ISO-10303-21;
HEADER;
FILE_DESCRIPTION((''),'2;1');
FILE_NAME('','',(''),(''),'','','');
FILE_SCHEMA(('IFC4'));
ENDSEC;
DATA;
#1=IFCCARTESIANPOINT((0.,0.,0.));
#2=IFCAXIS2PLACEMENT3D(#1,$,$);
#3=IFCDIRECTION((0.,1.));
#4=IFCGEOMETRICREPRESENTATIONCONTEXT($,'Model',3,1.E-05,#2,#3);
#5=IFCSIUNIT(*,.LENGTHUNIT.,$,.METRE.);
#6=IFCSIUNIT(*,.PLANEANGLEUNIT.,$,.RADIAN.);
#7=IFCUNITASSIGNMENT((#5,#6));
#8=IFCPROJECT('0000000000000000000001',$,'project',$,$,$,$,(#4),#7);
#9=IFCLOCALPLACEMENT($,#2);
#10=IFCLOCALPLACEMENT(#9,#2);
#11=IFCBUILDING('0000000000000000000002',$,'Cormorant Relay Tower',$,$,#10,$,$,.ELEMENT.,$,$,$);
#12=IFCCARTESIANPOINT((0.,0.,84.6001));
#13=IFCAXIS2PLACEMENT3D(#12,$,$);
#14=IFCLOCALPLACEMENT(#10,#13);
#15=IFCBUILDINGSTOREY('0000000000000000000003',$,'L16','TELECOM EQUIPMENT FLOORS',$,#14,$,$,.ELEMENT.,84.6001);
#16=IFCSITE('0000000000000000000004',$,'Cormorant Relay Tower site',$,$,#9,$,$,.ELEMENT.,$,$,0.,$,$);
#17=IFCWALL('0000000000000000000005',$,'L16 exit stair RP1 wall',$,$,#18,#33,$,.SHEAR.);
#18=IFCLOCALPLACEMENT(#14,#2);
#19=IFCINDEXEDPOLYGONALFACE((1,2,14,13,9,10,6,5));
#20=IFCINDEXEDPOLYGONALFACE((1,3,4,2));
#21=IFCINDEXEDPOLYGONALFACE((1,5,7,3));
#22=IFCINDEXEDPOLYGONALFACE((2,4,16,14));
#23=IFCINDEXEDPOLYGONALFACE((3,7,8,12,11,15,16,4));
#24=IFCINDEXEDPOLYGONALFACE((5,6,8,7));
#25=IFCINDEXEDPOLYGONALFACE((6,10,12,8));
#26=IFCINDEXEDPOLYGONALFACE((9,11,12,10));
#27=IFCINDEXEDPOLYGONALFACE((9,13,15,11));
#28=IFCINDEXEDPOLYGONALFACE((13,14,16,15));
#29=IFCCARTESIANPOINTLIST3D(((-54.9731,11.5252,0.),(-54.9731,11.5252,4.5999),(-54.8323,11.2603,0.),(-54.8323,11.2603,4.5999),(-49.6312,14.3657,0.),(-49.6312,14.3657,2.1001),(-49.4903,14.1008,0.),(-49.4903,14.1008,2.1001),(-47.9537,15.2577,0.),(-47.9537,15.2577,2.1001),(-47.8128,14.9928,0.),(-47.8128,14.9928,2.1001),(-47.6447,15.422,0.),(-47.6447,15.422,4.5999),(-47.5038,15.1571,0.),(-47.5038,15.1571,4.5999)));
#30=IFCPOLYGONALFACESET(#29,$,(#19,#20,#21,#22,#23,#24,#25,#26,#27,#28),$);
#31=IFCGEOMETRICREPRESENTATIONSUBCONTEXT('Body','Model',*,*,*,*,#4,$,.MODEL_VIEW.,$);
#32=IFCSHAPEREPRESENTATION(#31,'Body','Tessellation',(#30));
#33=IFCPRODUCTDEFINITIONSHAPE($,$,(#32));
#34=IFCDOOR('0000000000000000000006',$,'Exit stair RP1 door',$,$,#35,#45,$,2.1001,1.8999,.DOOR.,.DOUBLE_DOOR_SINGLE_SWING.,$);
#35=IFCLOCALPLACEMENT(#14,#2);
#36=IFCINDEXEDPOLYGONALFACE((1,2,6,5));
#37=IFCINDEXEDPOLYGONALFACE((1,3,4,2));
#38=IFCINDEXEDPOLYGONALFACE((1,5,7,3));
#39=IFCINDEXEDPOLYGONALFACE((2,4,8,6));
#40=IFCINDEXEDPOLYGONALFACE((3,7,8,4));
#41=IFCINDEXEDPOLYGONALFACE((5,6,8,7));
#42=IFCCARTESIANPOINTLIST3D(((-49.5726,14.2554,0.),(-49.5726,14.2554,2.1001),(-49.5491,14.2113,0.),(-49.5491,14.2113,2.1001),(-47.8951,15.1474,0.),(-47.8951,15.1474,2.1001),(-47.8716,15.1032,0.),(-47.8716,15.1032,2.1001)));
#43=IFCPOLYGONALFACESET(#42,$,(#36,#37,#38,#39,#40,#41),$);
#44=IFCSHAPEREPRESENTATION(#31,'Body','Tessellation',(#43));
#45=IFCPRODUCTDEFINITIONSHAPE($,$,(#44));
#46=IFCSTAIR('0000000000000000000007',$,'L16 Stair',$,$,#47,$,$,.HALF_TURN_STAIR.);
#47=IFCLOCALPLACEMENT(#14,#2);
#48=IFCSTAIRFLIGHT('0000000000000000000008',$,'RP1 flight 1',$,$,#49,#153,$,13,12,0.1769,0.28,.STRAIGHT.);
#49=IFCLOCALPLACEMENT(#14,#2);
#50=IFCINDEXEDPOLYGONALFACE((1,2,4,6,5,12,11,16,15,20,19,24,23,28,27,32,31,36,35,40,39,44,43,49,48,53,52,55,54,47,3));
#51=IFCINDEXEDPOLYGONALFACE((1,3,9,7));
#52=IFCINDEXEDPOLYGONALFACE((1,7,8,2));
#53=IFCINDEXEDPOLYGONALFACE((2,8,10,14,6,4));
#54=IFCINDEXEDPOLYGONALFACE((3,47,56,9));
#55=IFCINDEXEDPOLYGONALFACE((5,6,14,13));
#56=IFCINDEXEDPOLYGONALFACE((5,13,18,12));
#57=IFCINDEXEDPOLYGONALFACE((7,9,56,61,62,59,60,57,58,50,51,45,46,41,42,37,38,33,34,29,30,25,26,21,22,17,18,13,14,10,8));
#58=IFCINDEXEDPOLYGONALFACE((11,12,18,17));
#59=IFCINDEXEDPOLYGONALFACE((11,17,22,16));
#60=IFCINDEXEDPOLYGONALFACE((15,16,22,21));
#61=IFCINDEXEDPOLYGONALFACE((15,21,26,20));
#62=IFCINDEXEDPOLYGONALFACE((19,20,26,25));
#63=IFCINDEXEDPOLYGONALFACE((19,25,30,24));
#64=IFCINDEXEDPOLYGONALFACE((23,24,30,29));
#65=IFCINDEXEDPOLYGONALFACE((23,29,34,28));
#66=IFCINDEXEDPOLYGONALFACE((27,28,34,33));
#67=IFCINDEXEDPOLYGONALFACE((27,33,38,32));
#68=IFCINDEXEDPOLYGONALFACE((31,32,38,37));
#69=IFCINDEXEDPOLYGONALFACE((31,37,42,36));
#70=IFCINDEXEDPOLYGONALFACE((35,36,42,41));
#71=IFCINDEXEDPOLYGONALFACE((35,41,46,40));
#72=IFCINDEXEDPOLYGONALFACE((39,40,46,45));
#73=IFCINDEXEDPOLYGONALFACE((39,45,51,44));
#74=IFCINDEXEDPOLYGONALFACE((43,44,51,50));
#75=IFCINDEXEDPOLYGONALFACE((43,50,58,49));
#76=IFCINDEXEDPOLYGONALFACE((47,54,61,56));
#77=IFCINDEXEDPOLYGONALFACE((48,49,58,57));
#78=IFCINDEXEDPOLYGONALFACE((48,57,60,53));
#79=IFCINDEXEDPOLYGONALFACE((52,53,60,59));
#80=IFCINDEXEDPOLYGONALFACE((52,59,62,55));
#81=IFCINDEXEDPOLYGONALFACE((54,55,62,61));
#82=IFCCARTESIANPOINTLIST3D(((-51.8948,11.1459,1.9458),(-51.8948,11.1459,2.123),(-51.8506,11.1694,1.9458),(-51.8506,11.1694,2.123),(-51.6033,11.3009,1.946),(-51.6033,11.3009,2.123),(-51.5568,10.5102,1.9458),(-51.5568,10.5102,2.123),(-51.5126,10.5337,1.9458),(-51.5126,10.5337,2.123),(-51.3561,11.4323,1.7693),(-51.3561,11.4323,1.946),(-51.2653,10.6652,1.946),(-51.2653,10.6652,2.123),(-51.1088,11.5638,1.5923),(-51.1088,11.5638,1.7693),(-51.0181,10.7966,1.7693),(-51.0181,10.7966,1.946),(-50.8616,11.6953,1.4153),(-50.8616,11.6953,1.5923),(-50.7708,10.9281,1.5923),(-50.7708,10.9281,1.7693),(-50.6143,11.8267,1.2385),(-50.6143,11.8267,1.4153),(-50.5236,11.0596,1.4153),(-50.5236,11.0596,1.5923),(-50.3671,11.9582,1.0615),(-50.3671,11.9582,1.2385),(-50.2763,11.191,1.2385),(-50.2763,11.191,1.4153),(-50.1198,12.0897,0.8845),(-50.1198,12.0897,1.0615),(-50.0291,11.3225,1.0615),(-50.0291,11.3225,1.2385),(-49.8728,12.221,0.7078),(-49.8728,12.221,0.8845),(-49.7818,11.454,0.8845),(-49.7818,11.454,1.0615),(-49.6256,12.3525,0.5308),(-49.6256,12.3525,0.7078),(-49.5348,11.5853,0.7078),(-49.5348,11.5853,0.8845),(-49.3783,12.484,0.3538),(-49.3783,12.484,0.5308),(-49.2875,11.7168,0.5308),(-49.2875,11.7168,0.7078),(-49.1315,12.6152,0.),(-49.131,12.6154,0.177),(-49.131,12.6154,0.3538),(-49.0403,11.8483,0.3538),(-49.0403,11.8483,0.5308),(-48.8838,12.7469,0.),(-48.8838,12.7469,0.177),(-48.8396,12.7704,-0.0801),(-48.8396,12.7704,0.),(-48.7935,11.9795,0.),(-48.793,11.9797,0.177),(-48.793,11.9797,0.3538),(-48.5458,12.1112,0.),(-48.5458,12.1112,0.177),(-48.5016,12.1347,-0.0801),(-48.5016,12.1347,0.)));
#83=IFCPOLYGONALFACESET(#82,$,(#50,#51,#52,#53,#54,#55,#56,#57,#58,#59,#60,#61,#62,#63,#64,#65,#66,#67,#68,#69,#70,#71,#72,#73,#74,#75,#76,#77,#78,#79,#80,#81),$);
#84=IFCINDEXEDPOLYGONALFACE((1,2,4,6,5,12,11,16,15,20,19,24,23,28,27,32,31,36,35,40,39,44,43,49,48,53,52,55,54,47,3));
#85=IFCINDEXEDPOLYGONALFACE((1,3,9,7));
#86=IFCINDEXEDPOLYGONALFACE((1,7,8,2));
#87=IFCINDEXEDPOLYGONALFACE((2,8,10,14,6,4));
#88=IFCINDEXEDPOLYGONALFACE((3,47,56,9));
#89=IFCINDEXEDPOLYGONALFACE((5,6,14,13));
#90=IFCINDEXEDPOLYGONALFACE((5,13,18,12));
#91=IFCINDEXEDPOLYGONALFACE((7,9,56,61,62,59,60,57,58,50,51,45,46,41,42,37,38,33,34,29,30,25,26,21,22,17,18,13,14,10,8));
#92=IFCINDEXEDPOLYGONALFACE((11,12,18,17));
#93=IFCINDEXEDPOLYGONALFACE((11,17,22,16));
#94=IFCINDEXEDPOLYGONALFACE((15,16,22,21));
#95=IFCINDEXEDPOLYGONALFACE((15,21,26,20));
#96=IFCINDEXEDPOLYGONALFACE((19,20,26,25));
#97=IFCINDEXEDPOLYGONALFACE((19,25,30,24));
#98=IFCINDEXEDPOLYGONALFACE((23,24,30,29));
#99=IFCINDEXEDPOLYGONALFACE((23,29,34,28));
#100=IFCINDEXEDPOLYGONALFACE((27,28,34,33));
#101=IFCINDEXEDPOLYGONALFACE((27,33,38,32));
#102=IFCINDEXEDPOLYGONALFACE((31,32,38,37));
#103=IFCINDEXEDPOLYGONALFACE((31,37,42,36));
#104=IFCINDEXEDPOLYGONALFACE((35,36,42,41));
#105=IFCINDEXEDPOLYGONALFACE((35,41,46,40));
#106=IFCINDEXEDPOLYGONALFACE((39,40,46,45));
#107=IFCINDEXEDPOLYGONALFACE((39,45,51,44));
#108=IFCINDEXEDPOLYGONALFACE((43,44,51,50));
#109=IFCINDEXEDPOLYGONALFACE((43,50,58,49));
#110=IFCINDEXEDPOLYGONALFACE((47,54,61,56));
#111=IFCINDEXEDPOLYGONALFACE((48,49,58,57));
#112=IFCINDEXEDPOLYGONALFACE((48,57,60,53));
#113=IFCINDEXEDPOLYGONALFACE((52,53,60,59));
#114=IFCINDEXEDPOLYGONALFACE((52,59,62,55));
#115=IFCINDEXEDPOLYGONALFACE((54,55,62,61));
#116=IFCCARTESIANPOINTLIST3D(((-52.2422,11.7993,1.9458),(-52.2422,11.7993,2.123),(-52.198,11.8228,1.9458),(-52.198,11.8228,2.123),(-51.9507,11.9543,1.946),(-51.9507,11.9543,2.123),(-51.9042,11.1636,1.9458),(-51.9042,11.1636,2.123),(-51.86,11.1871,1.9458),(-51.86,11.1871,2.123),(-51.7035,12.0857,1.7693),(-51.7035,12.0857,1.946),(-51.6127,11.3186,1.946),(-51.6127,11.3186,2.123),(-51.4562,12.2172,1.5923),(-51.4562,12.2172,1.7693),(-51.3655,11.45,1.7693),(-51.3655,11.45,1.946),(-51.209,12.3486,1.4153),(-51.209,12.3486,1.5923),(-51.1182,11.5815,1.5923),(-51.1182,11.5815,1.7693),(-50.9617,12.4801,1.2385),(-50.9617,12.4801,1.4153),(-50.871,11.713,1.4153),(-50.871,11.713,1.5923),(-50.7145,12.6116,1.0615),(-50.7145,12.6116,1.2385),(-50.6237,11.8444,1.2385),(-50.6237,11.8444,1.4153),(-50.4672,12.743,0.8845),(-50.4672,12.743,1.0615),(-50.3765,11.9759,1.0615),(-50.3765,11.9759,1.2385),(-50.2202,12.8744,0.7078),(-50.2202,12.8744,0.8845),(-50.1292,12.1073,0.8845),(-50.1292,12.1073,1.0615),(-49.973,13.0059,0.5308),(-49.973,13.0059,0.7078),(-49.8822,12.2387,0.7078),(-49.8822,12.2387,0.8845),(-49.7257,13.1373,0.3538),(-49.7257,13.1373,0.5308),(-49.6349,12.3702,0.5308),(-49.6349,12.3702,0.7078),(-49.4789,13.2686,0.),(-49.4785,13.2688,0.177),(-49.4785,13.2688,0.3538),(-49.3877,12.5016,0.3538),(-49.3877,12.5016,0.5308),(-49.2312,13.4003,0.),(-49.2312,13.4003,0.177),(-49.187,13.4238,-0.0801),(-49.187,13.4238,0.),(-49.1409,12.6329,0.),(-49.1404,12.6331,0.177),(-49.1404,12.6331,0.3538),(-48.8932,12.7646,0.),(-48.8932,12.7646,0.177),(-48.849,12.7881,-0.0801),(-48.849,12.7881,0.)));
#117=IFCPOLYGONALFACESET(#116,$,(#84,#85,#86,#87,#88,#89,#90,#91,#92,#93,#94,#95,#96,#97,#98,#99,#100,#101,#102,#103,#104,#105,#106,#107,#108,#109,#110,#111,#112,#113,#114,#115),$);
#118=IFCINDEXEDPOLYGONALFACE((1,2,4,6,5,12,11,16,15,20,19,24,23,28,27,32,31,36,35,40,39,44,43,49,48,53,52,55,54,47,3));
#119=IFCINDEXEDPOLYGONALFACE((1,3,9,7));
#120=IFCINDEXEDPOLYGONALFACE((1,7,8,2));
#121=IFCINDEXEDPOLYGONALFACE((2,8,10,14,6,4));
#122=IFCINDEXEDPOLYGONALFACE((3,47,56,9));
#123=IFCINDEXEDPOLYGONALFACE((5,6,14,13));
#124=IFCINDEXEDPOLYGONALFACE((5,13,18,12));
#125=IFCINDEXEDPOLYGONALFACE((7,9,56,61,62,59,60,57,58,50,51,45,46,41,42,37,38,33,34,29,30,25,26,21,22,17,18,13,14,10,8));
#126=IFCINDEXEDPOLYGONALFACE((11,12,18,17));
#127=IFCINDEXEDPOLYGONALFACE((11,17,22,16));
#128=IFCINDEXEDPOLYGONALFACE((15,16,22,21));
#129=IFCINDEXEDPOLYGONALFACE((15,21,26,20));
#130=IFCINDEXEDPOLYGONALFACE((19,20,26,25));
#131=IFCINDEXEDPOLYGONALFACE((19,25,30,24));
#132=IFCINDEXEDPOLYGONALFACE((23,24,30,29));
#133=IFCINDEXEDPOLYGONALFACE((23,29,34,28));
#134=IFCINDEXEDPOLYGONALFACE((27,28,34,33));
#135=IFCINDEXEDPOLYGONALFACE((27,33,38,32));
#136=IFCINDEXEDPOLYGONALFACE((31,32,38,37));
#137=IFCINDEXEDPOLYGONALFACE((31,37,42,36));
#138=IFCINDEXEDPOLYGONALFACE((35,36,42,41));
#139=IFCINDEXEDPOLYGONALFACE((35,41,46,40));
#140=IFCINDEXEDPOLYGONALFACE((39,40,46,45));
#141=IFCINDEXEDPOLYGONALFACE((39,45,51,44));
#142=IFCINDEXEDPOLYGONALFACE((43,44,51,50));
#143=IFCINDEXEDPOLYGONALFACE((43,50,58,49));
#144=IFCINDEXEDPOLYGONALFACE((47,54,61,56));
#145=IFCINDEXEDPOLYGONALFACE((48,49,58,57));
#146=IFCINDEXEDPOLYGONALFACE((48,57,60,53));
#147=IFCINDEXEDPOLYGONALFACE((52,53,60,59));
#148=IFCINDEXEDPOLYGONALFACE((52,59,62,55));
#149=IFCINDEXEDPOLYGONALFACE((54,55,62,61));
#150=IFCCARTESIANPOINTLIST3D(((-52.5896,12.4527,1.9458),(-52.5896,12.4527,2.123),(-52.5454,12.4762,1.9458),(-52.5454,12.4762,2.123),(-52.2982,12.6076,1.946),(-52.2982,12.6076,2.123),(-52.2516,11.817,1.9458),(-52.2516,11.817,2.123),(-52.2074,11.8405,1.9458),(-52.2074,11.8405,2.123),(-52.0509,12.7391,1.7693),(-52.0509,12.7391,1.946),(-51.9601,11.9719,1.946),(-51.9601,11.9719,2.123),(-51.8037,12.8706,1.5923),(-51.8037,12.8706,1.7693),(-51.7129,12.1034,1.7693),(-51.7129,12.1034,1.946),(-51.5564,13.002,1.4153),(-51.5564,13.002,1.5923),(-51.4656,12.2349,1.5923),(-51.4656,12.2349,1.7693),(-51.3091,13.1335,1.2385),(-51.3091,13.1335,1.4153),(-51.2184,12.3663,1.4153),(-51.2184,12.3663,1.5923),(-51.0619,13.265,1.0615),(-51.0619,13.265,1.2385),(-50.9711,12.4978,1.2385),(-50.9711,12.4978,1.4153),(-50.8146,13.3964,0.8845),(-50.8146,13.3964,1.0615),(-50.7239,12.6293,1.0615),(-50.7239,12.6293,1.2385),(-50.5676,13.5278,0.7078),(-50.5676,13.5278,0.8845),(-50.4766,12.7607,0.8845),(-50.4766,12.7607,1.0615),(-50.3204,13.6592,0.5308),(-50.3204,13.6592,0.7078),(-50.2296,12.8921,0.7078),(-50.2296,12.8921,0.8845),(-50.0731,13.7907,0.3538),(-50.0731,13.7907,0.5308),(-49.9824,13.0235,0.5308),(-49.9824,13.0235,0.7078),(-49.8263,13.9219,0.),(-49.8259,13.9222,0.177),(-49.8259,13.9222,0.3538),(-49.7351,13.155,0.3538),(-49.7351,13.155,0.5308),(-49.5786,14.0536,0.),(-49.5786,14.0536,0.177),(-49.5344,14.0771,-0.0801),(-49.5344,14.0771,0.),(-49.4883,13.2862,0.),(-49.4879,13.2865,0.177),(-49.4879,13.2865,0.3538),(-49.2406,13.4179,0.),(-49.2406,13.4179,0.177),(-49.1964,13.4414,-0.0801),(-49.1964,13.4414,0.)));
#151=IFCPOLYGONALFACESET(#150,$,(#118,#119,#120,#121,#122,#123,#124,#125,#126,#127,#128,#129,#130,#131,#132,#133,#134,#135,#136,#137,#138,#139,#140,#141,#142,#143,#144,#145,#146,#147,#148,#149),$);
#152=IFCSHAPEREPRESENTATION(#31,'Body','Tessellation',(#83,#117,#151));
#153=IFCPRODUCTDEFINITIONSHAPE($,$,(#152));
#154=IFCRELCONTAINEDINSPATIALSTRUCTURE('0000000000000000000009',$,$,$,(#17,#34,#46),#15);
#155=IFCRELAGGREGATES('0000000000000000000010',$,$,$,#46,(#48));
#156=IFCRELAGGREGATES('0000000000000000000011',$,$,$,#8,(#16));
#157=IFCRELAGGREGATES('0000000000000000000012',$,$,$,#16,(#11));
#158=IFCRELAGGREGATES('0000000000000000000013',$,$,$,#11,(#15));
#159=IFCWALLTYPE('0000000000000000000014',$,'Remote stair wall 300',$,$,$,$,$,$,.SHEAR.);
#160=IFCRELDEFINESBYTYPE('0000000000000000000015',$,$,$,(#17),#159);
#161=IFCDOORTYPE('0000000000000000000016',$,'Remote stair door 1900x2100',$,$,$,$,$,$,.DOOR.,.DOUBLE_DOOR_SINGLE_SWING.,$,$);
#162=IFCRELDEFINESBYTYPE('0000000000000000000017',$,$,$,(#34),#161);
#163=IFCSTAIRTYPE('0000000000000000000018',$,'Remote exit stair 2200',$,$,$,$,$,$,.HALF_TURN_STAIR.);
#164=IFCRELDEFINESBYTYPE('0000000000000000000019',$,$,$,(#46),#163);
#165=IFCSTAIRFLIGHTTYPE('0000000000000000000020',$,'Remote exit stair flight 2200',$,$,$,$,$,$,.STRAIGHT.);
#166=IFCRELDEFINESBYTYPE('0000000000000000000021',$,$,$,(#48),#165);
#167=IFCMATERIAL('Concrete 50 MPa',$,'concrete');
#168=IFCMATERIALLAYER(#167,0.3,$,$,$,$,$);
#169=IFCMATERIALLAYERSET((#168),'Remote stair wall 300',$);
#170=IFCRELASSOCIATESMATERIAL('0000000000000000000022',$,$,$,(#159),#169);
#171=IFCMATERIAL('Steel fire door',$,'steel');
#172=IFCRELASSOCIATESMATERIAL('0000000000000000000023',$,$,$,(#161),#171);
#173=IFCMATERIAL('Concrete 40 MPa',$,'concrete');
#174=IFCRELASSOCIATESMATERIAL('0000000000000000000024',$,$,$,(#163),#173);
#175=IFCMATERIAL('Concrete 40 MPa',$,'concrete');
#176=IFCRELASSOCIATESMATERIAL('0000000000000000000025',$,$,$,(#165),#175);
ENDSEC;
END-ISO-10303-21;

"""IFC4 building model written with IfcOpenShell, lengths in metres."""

from ifc_helpers import new_model, si_unit, direction, frame, frame_2d, origin, place, context, subcontext, project, spatial, polyline, rectangle, outline, extrude, material, layer, layer_set, type_object, element, fill, aggregate, save


model = new_model("IFC4")

# Units and contexts
model_context = context("Model", 3, precision=1e-05, world=origin(), true_north=direction((0.0, 1.0)))
body_context = subcontext(model_context, "Body", "Model", "MODEL_VIEW")
ifc_project = project(units=[si_unit("LENGTHUNIT", "METRE"), si_unit("PLANEANGLEUNIT", "RADIAN")], contexts=[model_context])

# Site, building, storey
site_placement = place(None, origin())
site = spatial("IfcSite", under=ifc_project, at=site_placement, Name="Cormorant Relay Tower site", CompositionType="ELEMENT", RefElevation=0.0)
building_placement = place(site_placement, origin())
building = spatial("IfcBuilding", under=site, at=building_placement, Name="Cormorant Relay Tower", CompositionType="ELEMENT")
storey_placement = place(building_placement, frame((0.0, 0.0, 84.6001)))
storey = spatial("IfcBuildingStorey", under=building, at=storey_placement, Name="L16", Description="TELECOM EQUIPMENT FLOORS", CompositionType="ELEMENT", Elevation=84.6001)

# Shared definitions
ifc_material_1 = material(Name="Concrete 50 MPa", Category="concrete")
ifc_layer_1 = layer(ifc_material_1, 0.3)
ifc_layer_set_1 = layer_set([ifc_layer_1], Name="Remote stair wall 300")
wall_type_1 = type_object("IfcWallType", Name="Remote stair wall 300", PredefinedType="SHEAR", material=ifc_layer_set_1)

# Wall, opening, door
wall_1_placement = place(storey_placement, frame((-54.9026, 11.3928, 0.0), z_axis=(0.0, 0.0, 1.0), x_axis=(0.882939, 0.469487, 0.0)))
wall_1 = element("IfcWall", 1, at=wall_1_placement, inside=storey, type_object=wall_type_1, Name="L16 exit stair RP1 wall", PredefinedType="SHEAR", context=body_context, shape_type="SweptSolid", body=[
    extrude(rectangle(XDim=8.3, YDim=0.3, at=frame_2d((4.1499, 0.0))), origin(), (0.0, 0.0, 1.0), 4.5999),
])
opening_placement = place(wall_1_placement, frame((6.05, 0.0, 0.0)))
opening = element("IfcOpeningElement", 2, at=opening_placement, cuts=wall_1, PredefinedType="OPENING", context=body_context, shape_type="SweptSolid", body=[
    extrude(rectangle(XDim=1.8999, YDim=2.1001, at=frame_2d((0.95, 1.05))), frame((0.0, 0.1599, 0.0), z_axis=(0.0, -1.0, 0.0), x_axis=(1.0, 0.0, 0.0)), (0.0, 0.0, 1.0), 0.3201),
])
ifc_material_2 = material(Name="Steel fire door", Category="steel")
door_type = type_object("IfcDoorType", Name="Remote stair door 1900x2100", OperationType="DOUBLE_DOOR_SINGLE_SWING", PredefinedType="DOOR", material=ifc_material_2)
door_placement = place(opening_placement, frame((1.8999, 0.0, 0.0), z_axis=(0.0, 0.0, 1.0), x_axis=(-1.0, 0.0, 0.0)))
door = element("IfcDoor", 3, at=door_placement, inside=storey, type_object=door_type, Name="Exit stair RP1 door", OperationType="DOUBLE_DOOR_SINGLE_SWING", OverallHeight=2.1001, OverallWidth=1.8999, PredefinedType="DOOR", context=body_context, shape_type="SweptSolid", body=[
    extrude(rectangle(XDim=1.8999, YDim=2.1001, at=frame_2d((0.95, 1.05))), frame((0.0, 0.0249, 0.0), z_axis=(0.0, -1.0, 0.0), x_axis=(1.0, 0.0, 0.0)), (0.0, 0.0, 1.0), 0.05),
])
fill(opening, door)

# Stair, stair flight
ifc_material_3 = material(Name="Concrete 40 MPa", Category="concrete")
stair_type = type_object("IfcStairType", Name="Remote exit stair 2200", PredefinedType="HALF_TURN_STAIR", material=ifc_material_3)
stair_placement = place(storey_placement, origin())
stair = element("IfcStair", 4, at=stair_placement, inside=storey, type_object=stair_type, Name="L16 Stair", PredefinedType="HALF_TURN_STAIR")
ifc_material_4 = material(Name="Concrete 40 MPa", Category="concrete")
stair_flight_type = type_object("IfcStairFlightType", Name="Remote exit stair flight 2200", PredefinedType="STRAIGHT", material=ifc_material_4)
stair_flight_1_placement = place(storey_placement, frame((-49.0623, 13.0825, 0.0), z_axis=(0.0, 0.0, 1.0), x_axis=(-0.882948, -0.469472, 0.0)))
stair_flight_1 = element("IfcStairFlight", 5, at=stair_flight_1_placement, type_object=stair_flight_type, Name="RP1 flight 1", NumberOfRisers=13, NumberOfTreads=12, PredefinedType="STRAIGHT", RiserHeight=0.1769, TreadLength=0.28, context=body_context, shape_type="SweptSolid", body=[
    extrude(outline(polyline([(-0.05, -0.0801), (-0.05, 0.0), (0.0, 0.0), (0.0, 0.177), (0.28, 0.177), (0.28, 0.3538), (0.5601, 0.3538), (0.5601, 0.5308), (0.8401, 0.5308), (0.8401, 0.7078), (1.1201, 0.7078), (1.1201, 0.8845), (1.3999, 0.8845), (1.3999, 1.0615), (1.6799, 1.0615), (1.6799, 1.2385), (1.96, 1.2385), (1.96, 1.4153), (2.24, 1.4153), (2.24, 1.5923), (2.52, 1.5923), (2.52, 1.7693), (2.8, 1.7693), (2.8, 1.946), (3.0801, 1.946), (3.0801, 2.123), (3.3601, 2.123), (3.4102, 2.123), (3.4102, 1.9458), (3.3601, 1.9458), (0.2805, 0.0), (-0.05, -0.0801)])), frame((0.0, 1.1001, 0.0), z_axis=(0.0, -1.0, 0.0), x_axis=(1.0, 0.0, 0.0)), (0.0, 0.0, 1.0), 0.72),
    extrude(outline(polyline([(-0.05, -0.0801), (-0.05, 0.0), (0.0, 0.0), (0.0, 0.177), (0.28, 0.177), (0.28, 0.3538), (0.5601, 0.3538), (0.5601, 0.5308), (0.8401, 0.5308), (0.8401, 0.7078), (1.1201, 0.7078), (1.1201, 0.8845), (1.3999, 0.8845), (1.3999, 1.0615), (1.6799, 1.0615), (1.6799, 1.2385), (1.96, 1.2385), (1.96, 1.4153), (2.24, 1.4153), (2.24, 1.5923), (2.52, 1.5923), (2.52, 1.7693), (2.8, 1.7693), (2.8, 1.946), (3.0801, 1.946), (3.0801, 2.123), (3.3601, 2.123), (3.4102, 2.123), (3.4102, 1.9458), (3.3601, 1.9458), (0.2805, 0.0), (-0.05, -0.0801)])), frame((0.0, 0.3601, 0.0), z_axis=(0.0, -1.0, 0.0), x_axis=(1.0, 0.0, 0.0)), (0.0, 0.0, 1.0), 0.72),
    extrude(outline(polyline([(-0.05, -0.0801), (-0.05, 0.0), (0.0, 0.0), (0.0, 0.177), (0.28, 0.177), (0.28, 0.3538), (0.5601, 0.3538), (0.5601, 0.5308), (0.8401, 0.5308), (0.8401, 0.7078), (1.1201, 0.7078), (1.1201, 0.8845), (1.3999, 0.8845), (1.3999, 1.0615), (1.6799, 1.0615), (1.6799, 1.2385), (1.96, 1.2385), (1.96, 1.4153), (2.24, 1.4153), (2.24, 1.5923), (2.52, 1.5923), (2.52, 1.7693), (2.8, 1.7693), (2.8, 1.946), (3.0801, 1.946), (3.0801, 2.123), (3.3601, 2.123), (3.4102, 2.123), (3.4102, 1.9458), (3.3601, 1.9458), (0.2805, 0.0), (-0.05, -0.0801)])), frame((0.0, -0.3799, 0.0), z_axis=(0.0, -1.0, 0.0), x_axis=(1.0, 0.0, 0.0)), (0.0, 0.0, 1.0), 0.72),
])
aggregate(stair, [stair_flight_1])

save(model, "model.ifc")
